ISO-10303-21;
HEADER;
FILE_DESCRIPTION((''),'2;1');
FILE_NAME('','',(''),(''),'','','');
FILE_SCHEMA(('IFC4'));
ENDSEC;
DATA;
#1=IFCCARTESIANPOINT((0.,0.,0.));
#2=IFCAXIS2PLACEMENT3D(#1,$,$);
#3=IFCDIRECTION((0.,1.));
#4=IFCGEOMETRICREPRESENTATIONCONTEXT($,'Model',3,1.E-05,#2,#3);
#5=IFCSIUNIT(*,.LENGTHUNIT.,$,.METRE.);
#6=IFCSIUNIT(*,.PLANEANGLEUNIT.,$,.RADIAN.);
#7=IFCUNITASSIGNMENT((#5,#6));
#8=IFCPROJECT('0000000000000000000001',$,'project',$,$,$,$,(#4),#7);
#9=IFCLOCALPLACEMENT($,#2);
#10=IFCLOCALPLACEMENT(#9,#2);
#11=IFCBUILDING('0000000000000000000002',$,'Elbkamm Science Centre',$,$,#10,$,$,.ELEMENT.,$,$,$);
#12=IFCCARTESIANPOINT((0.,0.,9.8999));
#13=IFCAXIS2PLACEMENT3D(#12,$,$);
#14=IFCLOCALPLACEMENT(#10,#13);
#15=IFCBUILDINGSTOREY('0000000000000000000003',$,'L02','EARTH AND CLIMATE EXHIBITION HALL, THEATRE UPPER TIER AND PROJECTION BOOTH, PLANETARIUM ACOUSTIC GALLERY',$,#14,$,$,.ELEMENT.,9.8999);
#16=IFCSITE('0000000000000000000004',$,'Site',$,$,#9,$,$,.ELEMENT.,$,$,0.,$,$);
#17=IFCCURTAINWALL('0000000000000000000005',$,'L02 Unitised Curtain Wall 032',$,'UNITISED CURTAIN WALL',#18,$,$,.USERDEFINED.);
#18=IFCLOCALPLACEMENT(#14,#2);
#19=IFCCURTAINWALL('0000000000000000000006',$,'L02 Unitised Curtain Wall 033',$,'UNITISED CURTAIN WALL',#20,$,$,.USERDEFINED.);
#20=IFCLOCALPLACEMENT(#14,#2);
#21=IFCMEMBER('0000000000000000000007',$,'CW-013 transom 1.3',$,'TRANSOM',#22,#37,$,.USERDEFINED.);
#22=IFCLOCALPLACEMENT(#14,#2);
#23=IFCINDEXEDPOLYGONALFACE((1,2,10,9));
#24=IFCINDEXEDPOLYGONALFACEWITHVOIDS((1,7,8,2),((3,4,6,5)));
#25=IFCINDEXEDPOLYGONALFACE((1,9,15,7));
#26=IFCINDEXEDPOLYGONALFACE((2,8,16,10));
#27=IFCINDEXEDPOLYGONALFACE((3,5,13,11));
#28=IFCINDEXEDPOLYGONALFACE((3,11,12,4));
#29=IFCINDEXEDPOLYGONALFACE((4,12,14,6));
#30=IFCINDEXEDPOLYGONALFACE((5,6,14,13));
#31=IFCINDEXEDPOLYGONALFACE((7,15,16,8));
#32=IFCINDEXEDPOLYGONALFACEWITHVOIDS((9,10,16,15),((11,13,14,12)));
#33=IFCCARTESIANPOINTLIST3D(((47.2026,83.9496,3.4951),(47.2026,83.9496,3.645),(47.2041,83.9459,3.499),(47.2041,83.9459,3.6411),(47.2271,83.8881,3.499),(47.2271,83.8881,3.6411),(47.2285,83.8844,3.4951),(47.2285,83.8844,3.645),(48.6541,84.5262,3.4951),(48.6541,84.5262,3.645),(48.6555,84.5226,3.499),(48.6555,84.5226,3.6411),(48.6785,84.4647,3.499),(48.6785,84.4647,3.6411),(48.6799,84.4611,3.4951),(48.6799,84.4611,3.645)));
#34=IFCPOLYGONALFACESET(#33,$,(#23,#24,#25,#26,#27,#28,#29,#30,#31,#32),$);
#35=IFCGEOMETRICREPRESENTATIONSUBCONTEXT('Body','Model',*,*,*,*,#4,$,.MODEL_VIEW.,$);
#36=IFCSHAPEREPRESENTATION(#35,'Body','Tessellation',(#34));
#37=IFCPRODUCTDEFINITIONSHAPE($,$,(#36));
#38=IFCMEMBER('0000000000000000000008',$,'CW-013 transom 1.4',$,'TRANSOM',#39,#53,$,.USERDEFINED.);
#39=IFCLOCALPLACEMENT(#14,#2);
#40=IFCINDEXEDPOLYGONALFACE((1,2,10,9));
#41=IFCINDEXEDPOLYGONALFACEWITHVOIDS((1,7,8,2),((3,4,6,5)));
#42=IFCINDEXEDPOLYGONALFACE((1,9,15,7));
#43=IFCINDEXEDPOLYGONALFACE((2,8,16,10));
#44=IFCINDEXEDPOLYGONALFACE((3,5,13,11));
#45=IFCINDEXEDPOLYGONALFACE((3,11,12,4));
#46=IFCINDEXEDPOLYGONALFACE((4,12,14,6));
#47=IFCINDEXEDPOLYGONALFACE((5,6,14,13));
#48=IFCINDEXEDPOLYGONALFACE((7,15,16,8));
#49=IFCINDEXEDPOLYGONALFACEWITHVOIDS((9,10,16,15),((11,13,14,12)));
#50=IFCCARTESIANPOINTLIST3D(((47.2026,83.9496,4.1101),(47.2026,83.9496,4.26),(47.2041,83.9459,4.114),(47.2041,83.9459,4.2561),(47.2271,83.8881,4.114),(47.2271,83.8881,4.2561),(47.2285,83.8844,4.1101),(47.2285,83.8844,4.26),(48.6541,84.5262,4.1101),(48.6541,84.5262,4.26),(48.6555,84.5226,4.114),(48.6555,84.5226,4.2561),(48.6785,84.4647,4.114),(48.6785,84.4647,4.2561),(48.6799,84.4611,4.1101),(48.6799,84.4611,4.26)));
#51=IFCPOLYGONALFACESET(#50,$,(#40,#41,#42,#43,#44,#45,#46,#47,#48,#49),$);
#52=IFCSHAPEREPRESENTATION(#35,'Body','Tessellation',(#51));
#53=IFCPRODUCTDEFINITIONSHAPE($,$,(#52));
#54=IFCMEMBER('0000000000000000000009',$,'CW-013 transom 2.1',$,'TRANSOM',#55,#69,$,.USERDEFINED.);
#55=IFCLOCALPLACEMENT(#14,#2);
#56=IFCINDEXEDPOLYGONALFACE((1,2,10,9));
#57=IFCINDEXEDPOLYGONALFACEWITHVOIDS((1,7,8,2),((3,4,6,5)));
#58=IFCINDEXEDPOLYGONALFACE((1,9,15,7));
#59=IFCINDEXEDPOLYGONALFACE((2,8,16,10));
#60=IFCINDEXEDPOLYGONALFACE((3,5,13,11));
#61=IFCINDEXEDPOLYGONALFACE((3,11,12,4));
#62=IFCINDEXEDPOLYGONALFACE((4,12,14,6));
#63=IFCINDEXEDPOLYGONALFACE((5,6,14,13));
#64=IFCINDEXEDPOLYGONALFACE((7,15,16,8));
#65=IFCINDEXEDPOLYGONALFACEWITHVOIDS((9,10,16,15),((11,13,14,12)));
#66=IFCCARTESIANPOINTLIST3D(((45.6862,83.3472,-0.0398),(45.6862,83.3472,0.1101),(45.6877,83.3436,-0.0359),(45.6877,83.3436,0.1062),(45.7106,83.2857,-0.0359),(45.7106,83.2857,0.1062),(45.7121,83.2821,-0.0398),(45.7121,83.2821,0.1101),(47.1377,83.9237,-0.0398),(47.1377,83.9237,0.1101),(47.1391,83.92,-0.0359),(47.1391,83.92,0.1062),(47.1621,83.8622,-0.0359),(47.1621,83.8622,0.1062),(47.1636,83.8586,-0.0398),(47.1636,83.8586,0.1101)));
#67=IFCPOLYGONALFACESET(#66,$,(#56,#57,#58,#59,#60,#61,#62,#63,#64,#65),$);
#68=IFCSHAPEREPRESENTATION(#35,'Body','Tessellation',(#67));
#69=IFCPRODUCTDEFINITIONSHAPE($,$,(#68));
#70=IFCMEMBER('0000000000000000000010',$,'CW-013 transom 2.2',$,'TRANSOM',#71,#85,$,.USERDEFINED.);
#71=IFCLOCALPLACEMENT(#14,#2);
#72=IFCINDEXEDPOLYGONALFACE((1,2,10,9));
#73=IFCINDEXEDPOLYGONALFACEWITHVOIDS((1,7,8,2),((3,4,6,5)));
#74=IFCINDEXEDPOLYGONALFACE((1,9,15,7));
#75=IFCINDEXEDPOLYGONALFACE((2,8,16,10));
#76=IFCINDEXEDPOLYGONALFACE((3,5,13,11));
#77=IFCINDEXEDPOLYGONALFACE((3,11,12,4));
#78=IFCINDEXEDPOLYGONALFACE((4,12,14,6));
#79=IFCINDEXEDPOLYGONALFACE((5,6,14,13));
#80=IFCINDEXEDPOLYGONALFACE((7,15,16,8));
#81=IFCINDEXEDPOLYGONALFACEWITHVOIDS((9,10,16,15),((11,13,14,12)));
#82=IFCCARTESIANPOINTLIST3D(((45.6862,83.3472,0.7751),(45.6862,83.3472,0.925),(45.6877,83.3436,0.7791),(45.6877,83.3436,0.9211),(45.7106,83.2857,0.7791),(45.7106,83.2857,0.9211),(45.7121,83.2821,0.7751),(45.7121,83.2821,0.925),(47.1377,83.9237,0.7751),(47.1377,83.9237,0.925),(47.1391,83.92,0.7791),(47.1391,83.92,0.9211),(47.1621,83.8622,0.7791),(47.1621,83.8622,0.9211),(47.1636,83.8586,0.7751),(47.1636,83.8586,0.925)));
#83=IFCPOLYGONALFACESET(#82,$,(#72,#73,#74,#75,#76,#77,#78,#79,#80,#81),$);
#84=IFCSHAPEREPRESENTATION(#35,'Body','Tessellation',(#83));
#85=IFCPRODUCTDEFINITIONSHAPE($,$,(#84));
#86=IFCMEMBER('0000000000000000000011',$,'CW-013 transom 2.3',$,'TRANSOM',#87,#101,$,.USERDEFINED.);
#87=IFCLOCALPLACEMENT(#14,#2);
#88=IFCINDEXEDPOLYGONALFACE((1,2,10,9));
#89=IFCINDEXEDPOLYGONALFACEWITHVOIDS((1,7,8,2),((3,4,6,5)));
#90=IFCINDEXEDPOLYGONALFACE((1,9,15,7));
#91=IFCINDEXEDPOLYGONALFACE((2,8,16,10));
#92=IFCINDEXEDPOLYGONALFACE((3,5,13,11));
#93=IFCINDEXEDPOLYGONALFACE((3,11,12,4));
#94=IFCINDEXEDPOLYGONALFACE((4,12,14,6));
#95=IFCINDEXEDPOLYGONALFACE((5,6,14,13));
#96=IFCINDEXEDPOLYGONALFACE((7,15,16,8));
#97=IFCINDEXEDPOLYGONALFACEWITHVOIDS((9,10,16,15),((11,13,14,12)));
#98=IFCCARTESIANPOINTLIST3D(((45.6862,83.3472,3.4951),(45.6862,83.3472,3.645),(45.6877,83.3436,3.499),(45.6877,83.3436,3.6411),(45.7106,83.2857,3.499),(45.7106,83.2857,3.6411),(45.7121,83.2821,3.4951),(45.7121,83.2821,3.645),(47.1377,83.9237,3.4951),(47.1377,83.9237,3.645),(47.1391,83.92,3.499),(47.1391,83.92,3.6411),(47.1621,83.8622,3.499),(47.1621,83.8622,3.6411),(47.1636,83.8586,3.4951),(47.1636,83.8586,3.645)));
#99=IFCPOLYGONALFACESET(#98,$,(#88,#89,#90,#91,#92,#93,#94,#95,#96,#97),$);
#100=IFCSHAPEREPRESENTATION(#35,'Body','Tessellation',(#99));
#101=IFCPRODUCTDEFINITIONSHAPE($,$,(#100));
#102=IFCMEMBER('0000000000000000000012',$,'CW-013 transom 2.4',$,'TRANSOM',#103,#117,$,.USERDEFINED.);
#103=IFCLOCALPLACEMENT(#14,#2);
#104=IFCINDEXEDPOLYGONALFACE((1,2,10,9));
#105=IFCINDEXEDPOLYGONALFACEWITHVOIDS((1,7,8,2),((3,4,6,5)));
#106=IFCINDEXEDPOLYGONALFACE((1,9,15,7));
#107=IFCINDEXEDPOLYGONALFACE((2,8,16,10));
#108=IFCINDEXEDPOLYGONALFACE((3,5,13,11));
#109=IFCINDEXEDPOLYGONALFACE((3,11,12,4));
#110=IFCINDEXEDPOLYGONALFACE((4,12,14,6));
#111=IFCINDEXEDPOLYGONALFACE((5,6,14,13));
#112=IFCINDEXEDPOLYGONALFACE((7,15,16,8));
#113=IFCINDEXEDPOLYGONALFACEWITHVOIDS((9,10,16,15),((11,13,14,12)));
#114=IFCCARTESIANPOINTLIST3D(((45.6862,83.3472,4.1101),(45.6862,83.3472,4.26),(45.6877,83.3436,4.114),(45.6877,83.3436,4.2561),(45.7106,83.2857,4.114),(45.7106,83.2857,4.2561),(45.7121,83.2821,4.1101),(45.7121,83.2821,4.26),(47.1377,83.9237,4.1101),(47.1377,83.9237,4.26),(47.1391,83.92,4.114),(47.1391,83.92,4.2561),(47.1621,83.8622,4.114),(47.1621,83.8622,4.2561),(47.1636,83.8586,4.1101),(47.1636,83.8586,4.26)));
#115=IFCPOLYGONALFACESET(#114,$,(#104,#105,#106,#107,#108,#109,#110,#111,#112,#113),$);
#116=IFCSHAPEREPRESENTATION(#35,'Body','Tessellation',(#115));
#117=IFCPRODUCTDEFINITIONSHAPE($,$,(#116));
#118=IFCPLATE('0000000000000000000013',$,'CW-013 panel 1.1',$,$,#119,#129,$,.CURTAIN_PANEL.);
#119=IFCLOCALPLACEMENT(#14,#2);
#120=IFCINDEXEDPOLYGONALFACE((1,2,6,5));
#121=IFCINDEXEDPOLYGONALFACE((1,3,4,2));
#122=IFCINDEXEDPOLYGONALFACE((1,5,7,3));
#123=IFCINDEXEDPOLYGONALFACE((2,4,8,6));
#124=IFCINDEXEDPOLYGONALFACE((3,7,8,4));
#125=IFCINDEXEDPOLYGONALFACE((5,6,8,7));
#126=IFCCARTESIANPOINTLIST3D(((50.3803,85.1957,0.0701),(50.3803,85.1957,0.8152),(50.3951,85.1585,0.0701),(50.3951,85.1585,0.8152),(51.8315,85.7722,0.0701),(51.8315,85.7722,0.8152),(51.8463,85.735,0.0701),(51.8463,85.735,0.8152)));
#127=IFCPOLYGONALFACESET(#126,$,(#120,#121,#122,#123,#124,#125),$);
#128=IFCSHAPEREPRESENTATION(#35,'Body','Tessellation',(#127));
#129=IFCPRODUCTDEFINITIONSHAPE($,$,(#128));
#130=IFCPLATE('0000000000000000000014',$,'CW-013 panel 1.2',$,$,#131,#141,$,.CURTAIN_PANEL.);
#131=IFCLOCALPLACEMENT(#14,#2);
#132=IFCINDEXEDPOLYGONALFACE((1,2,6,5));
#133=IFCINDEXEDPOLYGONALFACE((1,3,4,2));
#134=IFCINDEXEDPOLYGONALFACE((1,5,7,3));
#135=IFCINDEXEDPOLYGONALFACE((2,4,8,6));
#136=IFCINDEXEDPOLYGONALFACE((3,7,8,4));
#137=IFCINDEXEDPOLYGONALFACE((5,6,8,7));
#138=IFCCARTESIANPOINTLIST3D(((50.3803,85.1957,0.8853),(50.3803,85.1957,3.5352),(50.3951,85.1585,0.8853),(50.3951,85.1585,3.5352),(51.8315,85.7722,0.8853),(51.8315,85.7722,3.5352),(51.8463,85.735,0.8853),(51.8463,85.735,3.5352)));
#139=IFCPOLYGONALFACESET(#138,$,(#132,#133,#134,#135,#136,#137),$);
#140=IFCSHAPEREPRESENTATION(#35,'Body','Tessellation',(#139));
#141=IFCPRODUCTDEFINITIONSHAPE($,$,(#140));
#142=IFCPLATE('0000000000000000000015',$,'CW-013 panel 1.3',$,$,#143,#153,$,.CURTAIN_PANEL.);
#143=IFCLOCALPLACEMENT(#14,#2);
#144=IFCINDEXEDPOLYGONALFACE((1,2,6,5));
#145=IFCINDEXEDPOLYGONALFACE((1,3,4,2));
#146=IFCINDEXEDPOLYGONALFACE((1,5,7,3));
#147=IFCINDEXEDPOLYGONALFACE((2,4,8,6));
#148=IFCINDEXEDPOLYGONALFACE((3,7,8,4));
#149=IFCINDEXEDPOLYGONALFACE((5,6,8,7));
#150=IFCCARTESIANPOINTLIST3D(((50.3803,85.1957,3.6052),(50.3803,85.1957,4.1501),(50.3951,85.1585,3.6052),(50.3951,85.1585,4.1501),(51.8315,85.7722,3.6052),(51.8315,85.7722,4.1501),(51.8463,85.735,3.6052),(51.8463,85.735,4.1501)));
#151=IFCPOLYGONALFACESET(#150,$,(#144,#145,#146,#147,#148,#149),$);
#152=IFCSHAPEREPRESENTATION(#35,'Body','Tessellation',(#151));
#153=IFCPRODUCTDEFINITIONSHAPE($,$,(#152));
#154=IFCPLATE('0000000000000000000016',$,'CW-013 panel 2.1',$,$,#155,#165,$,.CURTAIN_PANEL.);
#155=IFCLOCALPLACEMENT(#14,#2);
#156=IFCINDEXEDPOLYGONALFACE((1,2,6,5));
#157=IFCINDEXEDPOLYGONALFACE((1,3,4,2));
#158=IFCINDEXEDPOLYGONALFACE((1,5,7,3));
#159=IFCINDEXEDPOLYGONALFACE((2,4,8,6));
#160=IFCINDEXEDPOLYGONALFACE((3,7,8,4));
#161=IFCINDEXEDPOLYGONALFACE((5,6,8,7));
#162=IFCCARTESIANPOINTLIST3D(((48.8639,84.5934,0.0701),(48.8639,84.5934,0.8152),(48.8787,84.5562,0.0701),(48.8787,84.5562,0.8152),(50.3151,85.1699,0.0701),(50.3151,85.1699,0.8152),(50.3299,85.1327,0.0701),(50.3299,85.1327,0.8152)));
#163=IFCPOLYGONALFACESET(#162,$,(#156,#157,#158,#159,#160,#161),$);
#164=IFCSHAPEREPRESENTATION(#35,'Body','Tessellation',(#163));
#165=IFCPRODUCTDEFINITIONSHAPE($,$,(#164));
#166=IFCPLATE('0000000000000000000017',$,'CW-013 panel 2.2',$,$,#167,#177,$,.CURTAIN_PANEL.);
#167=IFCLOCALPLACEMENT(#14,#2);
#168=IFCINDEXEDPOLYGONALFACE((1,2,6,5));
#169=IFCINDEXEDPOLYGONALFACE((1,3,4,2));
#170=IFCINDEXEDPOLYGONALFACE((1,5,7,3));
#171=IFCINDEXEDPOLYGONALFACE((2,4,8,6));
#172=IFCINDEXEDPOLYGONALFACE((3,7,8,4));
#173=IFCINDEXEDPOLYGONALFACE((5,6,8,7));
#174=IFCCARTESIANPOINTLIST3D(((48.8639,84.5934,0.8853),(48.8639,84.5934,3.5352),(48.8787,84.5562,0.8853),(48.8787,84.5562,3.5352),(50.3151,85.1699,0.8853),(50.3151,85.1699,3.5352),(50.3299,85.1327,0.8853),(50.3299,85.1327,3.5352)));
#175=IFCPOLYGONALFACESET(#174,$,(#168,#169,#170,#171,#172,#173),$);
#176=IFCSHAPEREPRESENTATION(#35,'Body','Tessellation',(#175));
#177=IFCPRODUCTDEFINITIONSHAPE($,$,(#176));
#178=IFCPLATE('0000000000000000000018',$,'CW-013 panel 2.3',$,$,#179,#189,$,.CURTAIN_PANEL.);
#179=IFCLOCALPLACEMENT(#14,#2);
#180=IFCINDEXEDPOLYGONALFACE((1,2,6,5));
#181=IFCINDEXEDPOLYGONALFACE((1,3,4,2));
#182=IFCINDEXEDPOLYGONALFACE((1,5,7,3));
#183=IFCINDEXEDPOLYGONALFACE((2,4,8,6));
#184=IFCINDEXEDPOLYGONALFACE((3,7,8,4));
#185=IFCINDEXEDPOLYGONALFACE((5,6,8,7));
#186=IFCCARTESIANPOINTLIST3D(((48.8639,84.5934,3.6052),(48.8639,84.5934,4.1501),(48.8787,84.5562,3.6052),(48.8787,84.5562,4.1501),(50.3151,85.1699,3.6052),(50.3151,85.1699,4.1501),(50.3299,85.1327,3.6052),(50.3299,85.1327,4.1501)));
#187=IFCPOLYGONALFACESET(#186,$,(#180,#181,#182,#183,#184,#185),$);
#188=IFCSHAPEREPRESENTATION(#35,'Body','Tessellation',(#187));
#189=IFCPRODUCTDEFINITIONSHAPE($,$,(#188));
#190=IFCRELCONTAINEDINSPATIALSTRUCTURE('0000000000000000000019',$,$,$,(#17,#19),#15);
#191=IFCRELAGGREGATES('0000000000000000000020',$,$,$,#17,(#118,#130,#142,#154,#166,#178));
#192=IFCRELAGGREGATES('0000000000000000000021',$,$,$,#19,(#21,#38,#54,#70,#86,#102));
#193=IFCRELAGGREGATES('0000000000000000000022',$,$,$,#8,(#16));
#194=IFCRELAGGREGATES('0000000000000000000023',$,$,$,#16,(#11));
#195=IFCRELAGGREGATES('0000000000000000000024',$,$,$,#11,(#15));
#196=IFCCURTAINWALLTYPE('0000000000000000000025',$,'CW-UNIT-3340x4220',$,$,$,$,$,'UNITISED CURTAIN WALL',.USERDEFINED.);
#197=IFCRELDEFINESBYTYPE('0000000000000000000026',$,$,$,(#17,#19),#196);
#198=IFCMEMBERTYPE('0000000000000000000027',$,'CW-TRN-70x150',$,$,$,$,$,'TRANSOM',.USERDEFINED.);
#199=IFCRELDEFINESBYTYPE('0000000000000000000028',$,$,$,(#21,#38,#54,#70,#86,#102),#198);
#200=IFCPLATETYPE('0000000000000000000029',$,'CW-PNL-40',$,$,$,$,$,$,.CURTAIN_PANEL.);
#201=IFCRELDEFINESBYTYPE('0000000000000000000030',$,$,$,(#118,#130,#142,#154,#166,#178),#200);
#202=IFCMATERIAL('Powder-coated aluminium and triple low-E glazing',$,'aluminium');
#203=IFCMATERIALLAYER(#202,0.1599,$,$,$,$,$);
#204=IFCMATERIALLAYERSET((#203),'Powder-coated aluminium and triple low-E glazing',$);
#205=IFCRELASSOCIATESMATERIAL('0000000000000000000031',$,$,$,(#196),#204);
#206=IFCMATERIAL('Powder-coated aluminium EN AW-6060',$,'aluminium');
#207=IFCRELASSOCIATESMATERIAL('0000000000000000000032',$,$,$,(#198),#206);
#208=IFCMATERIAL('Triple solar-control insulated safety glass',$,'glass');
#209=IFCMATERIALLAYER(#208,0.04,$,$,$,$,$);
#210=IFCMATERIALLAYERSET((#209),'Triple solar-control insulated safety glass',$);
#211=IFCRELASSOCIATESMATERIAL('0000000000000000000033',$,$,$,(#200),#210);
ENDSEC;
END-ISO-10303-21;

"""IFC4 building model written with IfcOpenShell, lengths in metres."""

from ifc_helpers import new_model, si_unit, direction, frame, origin, origin_2d, place, context, subcontext, project, spatial, rectangle, hollow_rectangle, extrude, material, layer, layer_set, material_profile, profile_set, type_object, element, aggregate, save


model = new_model("IFC4")

# Units and contexts
model_context = context("Model", 3, precision=1e-05, world=origin(), true_north=direction((0.0, 1.0)))
body_context = subcontext(model_context, "Body", "Model", "MODEL_VIEW")
ifc_project = project(units=[si_unit("LENGTHUNIT", "METRE"), si_unit("PLANEANGLEUNIT", "RADIAN")], contexts=[model_context])

# Site, building, storey
site_placement = place(None, origin())
site = spatial("IfcSite", under=ifc_project, at=site_placement, Name="Site", CompositionType="ELEMENT", RefElevation=0.0)
building_placement = place(site_placement, origin())
building = spatial("IfcBuilding", under=site, at=building_placement, Name="Elbkamm Science Centre", CompositionType="ELEMENT")
storey_placement = place(building_placement, frame((0.0, 0.0, 9.8999)))
storey = spatial("IfcBuildingStorey", under=building, at=storey_placement, Name="L02", Description="EARTH AND CLIMATE EXHIBITION HALL, THEATRE UPPER TIER AND PROJECTION BOOTH, PLANETARIUM ACOUSTIC GALLERY", CompositionType="ELEMENT", Elevation=9.8999)

# Curtain walls
ifc_material_1 = material(Name="Powder-coated aluminium and triple low-E glazing", Category="aluminium")
ifc_layer_1 = layer(ifc_material_1, 0.1599)
ifc_layer_set_1 = layer_set([ifc_layer_1], Name="Powder-coated aluminium and triple low-E glazing")
curtain_wall_type = type_object("IfcCurtainWallType", Name="CW-UNIT-3340x4220", ElementType="UNITISED CURTAIN WALL", PredefinedType="USERDEFINED", material=ifc_layer_set_1)
curtain_wall_1_placement = place(storey_placement, origin())
curtain_wall_1 = element("IfcCurtainWall", 1, at=curtain_wall_1_placement, inside=storey, type_object=curtain_wall_type, Name="L02 Unitised Curtain Wall 032", ObjectType="UNITISED CURTAIN WALL", PredefinedType="USERDEFINED")
ifc_material_2 = material(Name="Powder-coated aluminium EN AW-6060", Category="aluminium")
curtain_wall_2_placement = place(storey_placement, origin())
curtain_wall_2 = element("IfcCurtainWall", 2, at=curtain_wall_2_placement, inside=storey, type_object=curtain_wall_type, Name="L02 Unitised Curtain Wall 033", ObjectType="UNITISED CURTAIN WALL", PredefinedType="USERDEFINED")

# Members
ifc_material_profile_1 = material_profile(ifc_material_2, hollow_rectangle(XDim=0.0701, YDim=0.1499, WallThickness=0.0039, at=origin_2d()), Name="ALU T70x150")
ifc_profile_set_1 = profile_set([ifc_material_profile_1], Name="Powder-coated aluminium EN AW-6060")
member_type_1 = type_object("IfcMemberType", Name="CW-TRN-70x150", ElementType="TRANSOM", PredefinedType="USERDEFINED", material=ifc_profile_set_1)
member_1_placement = place(storey_placement, frame((48.667, 84.4937, 3.5701), z_axis=(-0.929337, -0.369234, 0.0), x_axis=(0.369234, -0.929337, 0.0)))
member_1 = element("IfcMember", 3, at=member_1_placement, type_object=member_type_1, Name="CW-013 transom 1.3", ObjectType="TRANSOM", PredefinedType="USERDEFINED", context=body_context, shape_type="SweptSolid", body=[
    extrude(hollow_rectangle(XDim=0.0701, YDim=0.1499, WallThickness=0.0039, at=origin_2d()), origin(), (0.0, 0.0, 1.0), 1.5618),
])
member_2_placement = place(storey_placement, frame((48.667, 84.4937, 4.1851), z_axis=(-0.929337, -0.369234, 0.0), x_axis=(0.369234, -0.929337, 0.0)))
member_2 = element("IfcMember", 4, at=member_2_placement, type_object=member_type_1, Name="CW-013 transom 1.4", ObjectType="TRANSOM", PredefinedType="USERDEFINED", context=body_context, shape_type="SweptSolid", body=[
    extrude(hollow_rectangle(XDim=0.0701, YDim=0.1499, WallThickness=0.0039, at=origin_2d()), origin(), (0.0, 0.0, 1.0), 1.5618),
])
member_3_placement = place(storey_placement, frame((47.1506, 83.8911, 0.0352), z_axis=(-0.92939, -0.369098, 0.0), x_axis=(0.369098, -0.92939, 0.0)))
member_3 = element("IfcMember", 5, at=member_3_placement, type_object=member_type_1, Name="CW-013 transom 2.1", ObjectType="TRANSOM", PredefinedType="USERDEFINED", context=body_context, shape_type="SweptSolid", body=[
    extrude(hollow_rectangle(XDim=0.0701, YDim=0.1499, WallThickness=0.0039, at=origin_2d()), origin(), (0.0, 0.0, 1.0), 1.5618),
])
member_4_placement = place(storey_placement, frame((47.1506, 83.8911, 0.8501), z_axis=(-0.92939, -0.369098, 0.0), x_axis=(0.369098, -0.92939, 0.0)))
member_4 = element("IfcMember", 6, at=member_4_placement, type_object=member_type_1, Name="CW-013 transom 2.2", ObjectType="TRANSOM", PredefinedType="USERDEFINED", context=body_context, shape_type="SweptSolid", body=[
    extrude(hollow_rectangle(XDim=0.0701, YDim=0.1499, WallThickness=0.0039, at=origin_2d()), origin(), (0.0, 0.0, 1.0), 1.5618),
])
member_5_placement = place(storey_placement, frame((47.1506, 83.8911, 3.5701), z_axis=(-0.92939, -0.369098, 0.0), x_axis=(0.369098, -0.92939, 0.0)))
member_5 = element("IfcMember", 7, at=member_5_placement, type_object=member_type_1, Name="CW-013 transom 2.3", ObjectType="TRANSOM", PredefinedType="USERDEFINED", context=body_context, shape_type="SweptSolid", body=[
    extrude(hollow_rectangle(XDim=0.0701, YDim=0.1499, WallThickness=0.0039, at=origin_2d()), origin(), (0.0, 0.0, 1.0), 1.5618),
])
member_6_placement = place(storey_placement, frame((47.1506, 83.8911, 4.1851), z_axis=(-0.92939, -0.369098, 0.0), x_axis=(0.369098, -0.92939, 0.0)))
member_6 = element("IfcMember", 8, at=member_6_placement, type_object=member_type_1, Name="CW-013 transom 2.4", ObjectType="TRANSOM", PredefinedType="USERDEFINED", context=body_context, shape_type="SweptSolid", body=[
    extrude(hollow_rectangle(XDim=0.0701, YDim=0.1499, WallThickness=0.0039, at=origin_2d()), origin(), (0.0, 0.0, 1.0), 1.5618),
])

# Plates
ifc_material_3 = material(Name="Triple solar-control insulated safety glass", Category="glass")
ifc_layer_2 = layer(ifc_material_3, 0.04)
ifc_layer_set_2 = layer_set([ifc_layer_2], Name="Triple solar-control insulated safety glass")
plate_type = type_object("IfcPlateType", Name="CW-PNL-40", PredefinedType="CURTAIN_PANEL", material=ifc_layer_set_2)
plate_1_placement = place(storey_placement, frame((51.1133, 85.4653, 0.0701), z_axis=(0.0, 0.0, 1.0), x_axis=(-0.929366, -0.36916, 0.0)))
plate_1 = element("IfcPlate", 9, at=plate_1_placement, type_object=plate_type, Name="CW-013 panel 1.1", PredefinedType="CURTAIN_PANEL", context=body_context, shape_type="SweptSolid", body=[
    extrude(rectangle(XDim=1.5615, YDim=0.04, at=origin_2d()), origin(), (0.0, 0.0, 1.0), 0.7451),
])
plate_2_placement = place(storey_placement, frame((51.1133, 85.4653, 0.8853), z_axis=(0.0, 0.0, 1.0), x_axis=(-0.929366, -0.36916, 0.0)))
plate_2 = element("IfcPlate", 10, at=plate_2_placement, type_object=plate_type, Name="CW-013 panel 1.2", PredefinedType="CURTAIN_PANEL", context=body_context, shape_type="SweptSolid", body=[
    extrude(rectangle(XDim=1.5615, YDim=0.04, at=origin_2d()), origin(), (0.0, 0.0, 1.0), 2.6499),
])
plate_3_placement = place(storey_placement, frame((51.1133, 85.4653, 3.6052), z_axis=(0.0, 0.0, 1.0), x_axis=(-0.929366, -0.36916, 0.0)))
plate_3 = element("IfcPlate", 11, at=plate_3_placement, type_object=plate_type, Name="CW-013 panel 1.3", PredefinedType="CURTAIN_PANEL", context=body_context, shape_type="SweptSolid", body=[
    extrude(rectangle(XDim=1.5615, YDim=0.04, at=origin_2d()), origin(), (0.0, 0.0, 1.0), 0.5449),
])
plate_4_placement = place(storey_placement, frame((49.5969, 84.863, 0.0701), z_axis=(0.0, 0.0, 1.0), x_axis=(-0.929366, -0.36916, 0.0)))
plate_4 = element("IfcPlate", 12, at=plate_4_placement, type_object=plate_type, Name="CW-013 panel 2.1", PredefinedType="CURTAIN_PANEL", context=body_context, shape_type="SweptSolid", body=[
    extrude(rectangle(XDim=1.5615, YDim=0.04, at=origin_2d()), origin(), (0.0, 0.0, 1.0), 0.7451),
])
plate_5_placement = place(storey_placement, frame((49.5969, 84.863, 0.8853), z_axis=(0.0, 0.0, 1.0), x_axis=(-0.929366, -0.36916, 0.0)))
plate_5 = element("IfcPlate", 13, at=plate_5_placement, type_object=plate_type, Name="CW-013 panel 2.2", PredefinedType="CURTAIN_PANEL", context=body_context, shape_type="SweptSolid", body=[
    extrude(rectangle(XDim=1.5615, YDim=0.04, at=origin_2d()), origin(), (0.0, 0.0, 1.0), 2.6499),
])
plate_6_placement = place(storey_placement, frame((49.5969, 84.863, 3.6052), z_axis=(0.0, 0.0, 1.0), x_axis=(-0.929366, -0.36916, 0.0)))
plate_6 = element("IfcPlate", 14, at=plate_6_placement, type_object=plate_type, Name="CW-013 panel 2.3", PredefinedType="CURTAIN_PANEL", context=body_context, shape_type="SweptSolid", body=[
    extrude(rectangle(XDim=1.5615, YDim=0.04, at=origin_2d()), origin(), (0.0, 0.0, 1.0), 0.5449),
])
aggregate(curtain_wall_1, [plate_1, plate_2, plate_3, plate_4, plate_5, plate_6])
aggregate(curtain_wall_2, [member_1, member_2, member_3, member_4, member_5, member_6])

save(model, "model.ifc")
